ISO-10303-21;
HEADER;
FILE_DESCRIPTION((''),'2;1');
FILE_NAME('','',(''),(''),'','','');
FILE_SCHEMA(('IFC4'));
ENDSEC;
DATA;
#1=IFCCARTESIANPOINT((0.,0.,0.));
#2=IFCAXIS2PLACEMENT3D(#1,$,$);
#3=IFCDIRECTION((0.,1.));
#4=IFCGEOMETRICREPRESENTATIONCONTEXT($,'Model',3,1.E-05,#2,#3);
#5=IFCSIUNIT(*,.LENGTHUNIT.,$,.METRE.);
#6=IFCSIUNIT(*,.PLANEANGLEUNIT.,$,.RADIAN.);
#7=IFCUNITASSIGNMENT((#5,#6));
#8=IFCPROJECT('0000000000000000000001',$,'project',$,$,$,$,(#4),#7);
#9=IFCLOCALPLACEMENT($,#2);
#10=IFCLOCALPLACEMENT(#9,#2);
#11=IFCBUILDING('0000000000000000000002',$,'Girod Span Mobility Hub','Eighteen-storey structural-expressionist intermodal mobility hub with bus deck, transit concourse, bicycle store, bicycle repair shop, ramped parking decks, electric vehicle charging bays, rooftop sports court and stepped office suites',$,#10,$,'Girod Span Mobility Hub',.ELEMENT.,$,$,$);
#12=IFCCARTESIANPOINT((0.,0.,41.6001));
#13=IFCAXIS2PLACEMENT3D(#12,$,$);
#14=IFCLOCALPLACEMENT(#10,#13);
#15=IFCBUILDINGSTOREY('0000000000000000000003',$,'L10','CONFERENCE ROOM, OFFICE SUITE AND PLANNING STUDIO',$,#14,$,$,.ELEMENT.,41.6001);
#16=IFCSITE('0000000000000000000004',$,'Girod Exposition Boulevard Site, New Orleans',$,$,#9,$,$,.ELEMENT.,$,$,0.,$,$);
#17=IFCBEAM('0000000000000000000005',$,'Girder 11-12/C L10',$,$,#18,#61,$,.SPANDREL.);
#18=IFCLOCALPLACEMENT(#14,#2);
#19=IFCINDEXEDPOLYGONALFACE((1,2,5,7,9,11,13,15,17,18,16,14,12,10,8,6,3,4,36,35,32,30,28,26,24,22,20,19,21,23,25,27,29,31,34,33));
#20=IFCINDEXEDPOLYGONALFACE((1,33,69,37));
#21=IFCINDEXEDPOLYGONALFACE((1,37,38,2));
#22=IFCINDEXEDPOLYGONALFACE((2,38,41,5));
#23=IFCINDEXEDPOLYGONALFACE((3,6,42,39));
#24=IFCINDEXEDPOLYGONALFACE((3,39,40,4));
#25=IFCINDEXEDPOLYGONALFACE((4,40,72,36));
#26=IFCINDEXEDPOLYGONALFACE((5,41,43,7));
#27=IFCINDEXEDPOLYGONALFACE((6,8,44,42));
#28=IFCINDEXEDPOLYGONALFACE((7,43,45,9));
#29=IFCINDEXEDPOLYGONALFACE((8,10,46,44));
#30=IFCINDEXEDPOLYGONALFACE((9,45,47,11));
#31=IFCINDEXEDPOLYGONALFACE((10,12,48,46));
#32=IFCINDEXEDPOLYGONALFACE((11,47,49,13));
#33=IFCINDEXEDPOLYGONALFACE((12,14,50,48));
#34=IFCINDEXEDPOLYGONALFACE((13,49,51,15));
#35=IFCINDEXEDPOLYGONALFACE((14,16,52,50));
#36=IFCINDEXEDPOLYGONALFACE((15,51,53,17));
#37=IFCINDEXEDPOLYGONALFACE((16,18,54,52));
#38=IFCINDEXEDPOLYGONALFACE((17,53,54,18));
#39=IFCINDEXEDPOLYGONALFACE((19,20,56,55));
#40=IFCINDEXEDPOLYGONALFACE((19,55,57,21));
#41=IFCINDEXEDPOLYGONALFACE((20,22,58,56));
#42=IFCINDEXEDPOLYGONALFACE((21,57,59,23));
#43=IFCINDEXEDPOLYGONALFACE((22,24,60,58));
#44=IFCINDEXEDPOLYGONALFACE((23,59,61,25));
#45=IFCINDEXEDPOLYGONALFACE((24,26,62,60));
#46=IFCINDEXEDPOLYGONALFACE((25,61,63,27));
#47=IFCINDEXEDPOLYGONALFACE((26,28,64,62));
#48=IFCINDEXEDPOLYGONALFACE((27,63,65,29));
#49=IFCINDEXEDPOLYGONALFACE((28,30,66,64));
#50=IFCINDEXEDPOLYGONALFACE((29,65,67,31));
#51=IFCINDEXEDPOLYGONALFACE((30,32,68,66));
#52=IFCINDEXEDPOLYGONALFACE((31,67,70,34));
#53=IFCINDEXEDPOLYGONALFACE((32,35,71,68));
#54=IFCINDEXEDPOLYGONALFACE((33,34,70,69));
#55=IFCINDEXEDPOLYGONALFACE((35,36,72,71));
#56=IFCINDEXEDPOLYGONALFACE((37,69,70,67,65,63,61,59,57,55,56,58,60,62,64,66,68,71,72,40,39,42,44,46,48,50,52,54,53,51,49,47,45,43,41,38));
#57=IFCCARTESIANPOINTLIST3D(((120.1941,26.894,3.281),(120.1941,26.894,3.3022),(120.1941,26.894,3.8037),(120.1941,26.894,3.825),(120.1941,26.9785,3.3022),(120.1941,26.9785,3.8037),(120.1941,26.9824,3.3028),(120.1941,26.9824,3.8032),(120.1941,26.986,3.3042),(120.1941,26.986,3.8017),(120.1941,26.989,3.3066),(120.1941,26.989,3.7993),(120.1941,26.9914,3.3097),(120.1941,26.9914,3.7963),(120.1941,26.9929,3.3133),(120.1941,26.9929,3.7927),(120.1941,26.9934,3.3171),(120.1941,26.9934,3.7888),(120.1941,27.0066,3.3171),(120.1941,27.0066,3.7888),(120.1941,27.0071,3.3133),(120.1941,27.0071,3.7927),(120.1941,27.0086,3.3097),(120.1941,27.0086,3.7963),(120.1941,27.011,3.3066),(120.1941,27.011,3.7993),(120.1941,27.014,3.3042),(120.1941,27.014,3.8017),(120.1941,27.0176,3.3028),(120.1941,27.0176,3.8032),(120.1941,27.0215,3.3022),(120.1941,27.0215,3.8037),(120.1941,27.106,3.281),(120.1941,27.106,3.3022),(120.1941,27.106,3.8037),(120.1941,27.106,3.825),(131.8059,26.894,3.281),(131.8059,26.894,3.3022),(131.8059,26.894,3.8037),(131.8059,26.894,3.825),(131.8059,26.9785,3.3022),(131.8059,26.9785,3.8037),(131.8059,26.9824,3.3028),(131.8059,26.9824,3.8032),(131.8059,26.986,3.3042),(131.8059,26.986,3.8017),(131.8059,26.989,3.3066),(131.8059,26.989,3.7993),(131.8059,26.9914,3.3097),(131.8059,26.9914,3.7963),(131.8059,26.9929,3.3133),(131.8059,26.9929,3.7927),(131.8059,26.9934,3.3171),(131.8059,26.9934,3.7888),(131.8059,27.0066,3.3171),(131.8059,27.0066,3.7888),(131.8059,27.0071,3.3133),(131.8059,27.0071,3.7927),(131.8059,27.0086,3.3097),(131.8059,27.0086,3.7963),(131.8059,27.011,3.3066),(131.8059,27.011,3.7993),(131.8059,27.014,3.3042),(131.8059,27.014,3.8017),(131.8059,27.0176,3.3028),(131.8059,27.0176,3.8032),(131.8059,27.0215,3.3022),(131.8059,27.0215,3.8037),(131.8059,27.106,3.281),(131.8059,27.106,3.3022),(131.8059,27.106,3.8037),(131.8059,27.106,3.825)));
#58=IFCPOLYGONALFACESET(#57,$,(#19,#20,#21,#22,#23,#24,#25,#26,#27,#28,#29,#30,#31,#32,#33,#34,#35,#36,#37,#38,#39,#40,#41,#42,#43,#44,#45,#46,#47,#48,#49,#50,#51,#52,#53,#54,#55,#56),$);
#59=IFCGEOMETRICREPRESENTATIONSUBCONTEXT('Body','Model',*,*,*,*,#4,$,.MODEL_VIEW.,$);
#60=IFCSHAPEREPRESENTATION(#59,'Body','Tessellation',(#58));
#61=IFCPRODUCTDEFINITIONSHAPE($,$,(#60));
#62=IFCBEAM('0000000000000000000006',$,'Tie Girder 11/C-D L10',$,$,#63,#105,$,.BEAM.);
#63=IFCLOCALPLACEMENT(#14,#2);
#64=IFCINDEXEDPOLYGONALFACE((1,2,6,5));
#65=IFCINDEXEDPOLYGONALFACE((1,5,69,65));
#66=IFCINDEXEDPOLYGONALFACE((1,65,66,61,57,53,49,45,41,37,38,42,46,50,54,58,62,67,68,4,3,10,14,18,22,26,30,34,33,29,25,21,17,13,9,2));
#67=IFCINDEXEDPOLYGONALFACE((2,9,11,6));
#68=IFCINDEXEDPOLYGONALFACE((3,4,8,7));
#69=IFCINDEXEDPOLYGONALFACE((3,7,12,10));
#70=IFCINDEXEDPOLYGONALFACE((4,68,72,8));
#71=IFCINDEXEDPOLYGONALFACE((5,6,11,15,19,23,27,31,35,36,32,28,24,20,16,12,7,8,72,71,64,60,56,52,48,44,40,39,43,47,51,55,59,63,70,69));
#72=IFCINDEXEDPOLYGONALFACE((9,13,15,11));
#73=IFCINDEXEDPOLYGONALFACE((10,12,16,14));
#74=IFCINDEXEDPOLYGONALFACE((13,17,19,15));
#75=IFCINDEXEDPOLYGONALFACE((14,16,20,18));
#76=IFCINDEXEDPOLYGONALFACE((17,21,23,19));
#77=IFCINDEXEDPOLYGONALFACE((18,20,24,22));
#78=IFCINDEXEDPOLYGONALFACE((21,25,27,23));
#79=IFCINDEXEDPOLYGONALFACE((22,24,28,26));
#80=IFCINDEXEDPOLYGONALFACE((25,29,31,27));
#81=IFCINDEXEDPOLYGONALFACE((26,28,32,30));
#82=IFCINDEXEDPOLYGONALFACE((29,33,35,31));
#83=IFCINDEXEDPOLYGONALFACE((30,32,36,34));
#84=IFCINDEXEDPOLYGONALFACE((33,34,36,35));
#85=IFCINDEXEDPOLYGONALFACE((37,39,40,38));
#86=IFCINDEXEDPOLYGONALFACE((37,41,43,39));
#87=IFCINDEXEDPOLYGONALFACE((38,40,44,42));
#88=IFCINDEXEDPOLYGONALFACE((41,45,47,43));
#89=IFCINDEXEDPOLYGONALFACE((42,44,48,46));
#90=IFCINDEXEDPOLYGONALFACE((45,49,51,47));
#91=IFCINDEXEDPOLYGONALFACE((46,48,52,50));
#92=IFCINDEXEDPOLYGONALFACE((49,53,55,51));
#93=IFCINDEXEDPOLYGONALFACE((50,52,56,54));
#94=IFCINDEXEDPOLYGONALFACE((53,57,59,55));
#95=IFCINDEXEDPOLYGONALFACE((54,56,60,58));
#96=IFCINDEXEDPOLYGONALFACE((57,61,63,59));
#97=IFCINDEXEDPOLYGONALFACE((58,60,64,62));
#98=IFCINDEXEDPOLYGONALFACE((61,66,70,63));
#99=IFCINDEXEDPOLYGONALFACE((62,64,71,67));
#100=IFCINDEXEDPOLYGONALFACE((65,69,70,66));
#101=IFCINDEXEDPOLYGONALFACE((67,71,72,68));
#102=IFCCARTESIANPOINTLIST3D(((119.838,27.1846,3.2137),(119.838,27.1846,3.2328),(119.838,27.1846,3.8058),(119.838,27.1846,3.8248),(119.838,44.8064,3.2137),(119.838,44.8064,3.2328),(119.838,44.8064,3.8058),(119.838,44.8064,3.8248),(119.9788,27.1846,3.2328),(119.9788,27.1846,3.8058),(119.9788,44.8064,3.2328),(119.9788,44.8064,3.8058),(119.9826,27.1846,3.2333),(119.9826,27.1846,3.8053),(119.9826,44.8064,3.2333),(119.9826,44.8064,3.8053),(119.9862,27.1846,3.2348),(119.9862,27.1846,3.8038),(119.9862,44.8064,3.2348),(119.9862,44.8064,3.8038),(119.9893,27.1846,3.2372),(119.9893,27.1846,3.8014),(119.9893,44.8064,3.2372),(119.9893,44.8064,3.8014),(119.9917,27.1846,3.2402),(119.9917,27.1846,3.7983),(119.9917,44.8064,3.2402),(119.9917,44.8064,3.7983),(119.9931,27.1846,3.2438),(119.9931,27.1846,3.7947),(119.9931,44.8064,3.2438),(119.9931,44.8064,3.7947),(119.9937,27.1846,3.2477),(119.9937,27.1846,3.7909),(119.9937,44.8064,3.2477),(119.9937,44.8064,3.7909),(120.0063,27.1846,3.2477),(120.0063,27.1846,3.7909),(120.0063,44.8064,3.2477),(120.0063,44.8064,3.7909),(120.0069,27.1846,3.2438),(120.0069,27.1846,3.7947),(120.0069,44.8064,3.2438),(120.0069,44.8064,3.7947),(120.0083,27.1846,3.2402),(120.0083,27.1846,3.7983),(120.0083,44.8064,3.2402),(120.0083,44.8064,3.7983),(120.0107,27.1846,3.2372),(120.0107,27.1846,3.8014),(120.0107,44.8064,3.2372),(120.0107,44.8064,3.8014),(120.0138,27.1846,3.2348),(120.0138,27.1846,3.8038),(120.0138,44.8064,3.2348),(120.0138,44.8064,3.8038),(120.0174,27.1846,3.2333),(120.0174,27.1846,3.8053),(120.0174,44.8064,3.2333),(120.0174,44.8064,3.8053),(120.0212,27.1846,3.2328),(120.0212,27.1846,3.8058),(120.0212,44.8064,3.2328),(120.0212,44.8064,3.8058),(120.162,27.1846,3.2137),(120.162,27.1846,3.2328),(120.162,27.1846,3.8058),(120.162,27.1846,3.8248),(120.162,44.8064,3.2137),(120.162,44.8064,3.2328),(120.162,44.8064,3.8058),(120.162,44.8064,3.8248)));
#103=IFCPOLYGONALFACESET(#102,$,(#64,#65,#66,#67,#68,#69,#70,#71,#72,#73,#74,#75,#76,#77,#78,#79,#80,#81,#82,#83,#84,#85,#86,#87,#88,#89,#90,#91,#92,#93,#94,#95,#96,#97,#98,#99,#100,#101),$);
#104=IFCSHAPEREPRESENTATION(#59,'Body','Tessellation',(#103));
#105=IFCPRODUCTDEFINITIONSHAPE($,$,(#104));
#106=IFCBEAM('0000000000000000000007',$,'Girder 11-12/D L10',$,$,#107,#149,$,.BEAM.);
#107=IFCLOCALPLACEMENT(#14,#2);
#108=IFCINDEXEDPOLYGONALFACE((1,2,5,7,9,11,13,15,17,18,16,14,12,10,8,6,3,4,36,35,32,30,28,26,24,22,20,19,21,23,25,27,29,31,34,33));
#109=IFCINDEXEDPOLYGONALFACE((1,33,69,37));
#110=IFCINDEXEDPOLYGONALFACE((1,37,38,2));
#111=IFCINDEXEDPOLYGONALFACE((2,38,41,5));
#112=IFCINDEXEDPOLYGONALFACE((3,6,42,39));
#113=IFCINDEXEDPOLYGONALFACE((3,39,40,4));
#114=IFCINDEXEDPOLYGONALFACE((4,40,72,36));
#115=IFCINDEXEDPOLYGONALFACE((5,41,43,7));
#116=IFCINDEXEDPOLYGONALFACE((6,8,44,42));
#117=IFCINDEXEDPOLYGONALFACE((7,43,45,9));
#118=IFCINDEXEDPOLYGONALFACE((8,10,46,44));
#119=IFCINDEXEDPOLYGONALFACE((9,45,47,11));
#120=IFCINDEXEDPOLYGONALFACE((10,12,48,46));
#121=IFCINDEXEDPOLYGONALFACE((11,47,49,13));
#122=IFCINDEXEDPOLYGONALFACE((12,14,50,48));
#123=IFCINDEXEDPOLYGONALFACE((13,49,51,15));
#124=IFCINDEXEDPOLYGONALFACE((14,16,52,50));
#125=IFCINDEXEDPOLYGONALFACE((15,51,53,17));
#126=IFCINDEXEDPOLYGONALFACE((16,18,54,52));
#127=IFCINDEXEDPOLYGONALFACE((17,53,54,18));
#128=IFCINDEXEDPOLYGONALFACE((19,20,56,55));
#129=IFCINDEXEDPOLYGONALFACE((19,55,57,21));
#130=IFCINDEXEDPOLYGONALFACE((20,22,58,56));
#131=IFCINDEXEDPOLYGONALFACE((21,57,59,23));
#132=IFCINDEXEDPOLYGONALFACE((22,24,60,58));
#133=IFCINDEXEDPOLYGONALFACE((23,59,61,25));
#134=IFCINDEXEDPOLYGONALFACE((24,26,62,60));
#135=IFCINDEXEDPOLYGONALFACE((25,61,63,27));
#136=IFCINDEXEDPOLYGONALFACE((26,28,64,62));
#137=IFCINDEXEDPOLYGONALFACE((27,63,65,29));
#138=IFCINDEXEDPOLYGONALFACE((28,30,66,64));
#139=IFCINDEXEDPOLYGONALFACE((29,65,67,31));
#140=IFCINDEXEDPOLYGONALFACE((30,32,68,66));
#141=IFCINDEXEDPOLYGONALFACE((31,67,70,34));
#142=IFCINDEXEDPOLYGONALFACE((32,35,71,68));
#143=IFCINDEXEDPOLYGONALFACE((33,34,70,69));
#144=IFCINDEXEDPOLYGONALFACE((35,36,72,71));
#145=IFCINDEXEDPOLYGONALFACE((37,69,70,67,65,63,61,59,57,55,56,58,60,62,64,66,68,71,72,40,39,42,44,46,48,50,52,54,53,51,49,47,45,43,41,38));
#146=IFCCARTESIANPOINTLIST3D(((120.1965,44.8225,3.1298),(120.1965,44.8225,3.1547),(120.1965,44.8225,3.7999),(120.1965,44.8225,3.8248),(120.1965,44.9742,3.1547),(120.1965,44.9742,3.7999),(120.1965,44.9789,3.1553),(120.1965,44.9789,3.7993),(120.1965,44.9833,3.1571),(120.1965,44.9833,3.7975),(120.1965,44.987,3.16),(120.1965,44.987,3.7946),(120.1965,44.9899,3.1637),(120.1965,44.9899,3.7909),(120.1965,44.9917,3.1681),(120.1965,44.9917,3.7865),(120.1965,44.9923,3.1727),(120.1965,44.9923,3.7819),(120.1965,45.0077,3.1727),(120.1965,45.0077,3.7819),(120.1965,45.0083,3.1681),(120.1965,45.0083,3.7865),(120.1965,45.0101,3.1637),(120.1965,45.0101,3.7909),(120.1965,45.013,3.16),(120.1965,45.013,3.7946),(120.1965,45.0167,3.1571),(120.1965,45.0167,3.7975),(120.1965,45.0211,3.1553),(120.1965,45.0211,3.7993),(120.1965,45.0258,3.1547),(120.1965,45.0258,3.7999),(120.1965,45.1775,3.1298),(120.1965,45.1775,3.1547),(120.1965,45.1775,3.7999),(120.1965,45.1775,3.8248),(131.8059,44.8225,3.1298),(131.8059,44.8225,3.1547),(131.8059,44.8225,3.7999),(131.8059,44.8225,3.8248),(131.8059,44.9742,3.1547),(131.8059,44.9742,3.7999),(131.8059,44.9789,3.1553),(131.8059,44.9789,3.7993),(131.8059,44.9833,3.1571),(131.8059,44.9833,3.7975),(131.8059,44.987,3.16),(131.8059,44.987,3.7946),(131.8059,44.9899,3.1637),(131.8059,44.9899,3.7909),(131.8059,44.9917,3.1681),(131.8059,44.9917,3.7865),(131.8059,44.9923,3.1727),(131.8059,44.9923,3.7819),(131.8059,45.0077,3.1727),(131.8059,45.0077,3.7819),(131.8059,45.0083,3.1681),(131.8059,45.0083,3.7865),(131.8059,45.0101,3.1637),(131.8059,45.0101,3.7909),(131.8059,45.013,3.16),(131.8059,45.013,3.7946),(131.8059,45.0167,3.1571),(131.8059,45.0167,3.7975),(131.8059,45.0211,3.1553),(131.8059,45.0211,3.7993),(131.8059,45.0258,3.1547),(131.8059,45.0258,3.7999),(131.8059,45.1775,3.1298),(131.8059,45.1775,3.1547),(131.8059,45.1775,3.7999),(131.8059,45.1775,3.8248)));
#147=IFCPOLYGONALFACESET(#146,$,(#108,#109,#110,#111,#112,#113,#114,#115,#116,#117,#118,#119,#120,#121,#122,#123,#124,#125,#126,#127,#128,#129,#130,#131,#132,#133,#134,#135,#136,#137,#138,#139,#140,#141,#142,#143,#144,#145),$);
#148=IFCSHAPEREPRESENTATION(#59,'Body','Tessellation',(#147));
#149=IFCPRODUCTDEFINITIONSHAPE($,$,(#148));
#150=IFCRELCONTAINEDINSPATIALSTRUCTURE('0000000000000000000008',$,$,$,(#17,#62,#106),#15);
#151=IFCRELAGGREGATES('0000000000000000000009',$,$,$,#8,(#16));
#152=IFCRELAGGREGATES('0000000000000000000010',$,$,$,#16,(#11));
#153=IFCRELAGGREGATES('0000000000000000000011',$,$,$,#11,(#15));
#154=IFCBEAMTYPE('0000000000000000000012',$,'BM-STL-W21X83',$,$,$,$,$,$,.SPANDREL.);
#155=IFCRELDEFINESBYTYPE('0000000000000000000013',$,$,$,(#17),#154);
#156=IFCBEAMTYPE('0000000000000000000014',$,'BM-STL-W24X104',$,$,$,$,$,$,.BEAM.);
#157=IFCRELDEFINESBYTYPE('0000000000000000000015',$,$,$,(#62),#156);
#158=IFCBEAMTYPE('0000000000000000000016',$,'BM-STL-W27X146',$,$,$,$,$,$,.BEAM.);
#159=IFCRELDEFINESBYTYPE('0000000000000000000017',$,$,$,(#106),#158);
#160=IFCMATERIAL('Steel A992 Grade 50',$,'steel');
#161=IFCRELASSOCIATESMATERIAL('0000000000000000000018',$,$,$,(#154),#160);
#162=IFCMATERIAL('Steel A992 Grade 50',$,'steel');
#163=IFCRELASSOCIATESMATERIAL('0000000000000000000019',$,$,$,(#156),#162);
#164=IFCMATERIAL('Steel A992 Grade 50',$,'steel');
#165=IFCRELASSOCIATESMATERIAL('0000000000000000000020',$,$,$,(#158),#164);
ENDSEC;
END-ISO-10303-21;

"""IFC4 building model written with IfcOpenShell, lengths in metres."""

from ifc_helpers import new_model, si_unit, direction, frame, origin, origin_2d, place, context, subcontext, project, spatial, i_section, extrude, material, material_profile, profile_set, type_object, element, save


model = new_model("IFC4")

# Units and contexts
model_context = context("Model", 3, precision=1e-05, world=origin(), true_north=direction((0.0, 1.0)))
body_context = subcontext(model_context, "Body", "Model", "MODEL_VIEW")
ifc_project = project(units=[si_unit("LENGTHUNIT", "METRE"), si_unit("PLANEANGLEUNIT", "RADIAN")], contexts=[model_context])

# Site, building, storey
site_placement = place(None, origin())
site = spatial("IfcSite", under=ifc_project, at=site_placement, Name="Girod Exposition Boulevard Site, New Orleans", CompositionType="ELEMENT", RefElevation=0.0)
building_placement = place(site_placement, origin())
building = spatial("IfcBuilding", under=site, at=building_placement, Name="Girod Span Mobility Hub", Description="Eighteen-storey structural-expressionist intermodal mobility hub with bus deck, transit concourse, bicycle store, bicycle repair shop, ramped parking decks, electric vehicle charging bays, rooftop sports court and stepped office suites", LongName="Girod Span Mobility Hub", CompositionType="ELEMENT")
storey_placement = place(building_placement, frame((0.0, 0.0, 41.6001)))
storey = spatial("IfcBuildingStorey", under=building, at=storey_placement, Name="L10", Description="CONFERENCE ROOM, OFFICE SUITE AND PLANNING STUDIO", CompositionType="ELEMENT", Elevation=41.6001)

# Beams
ifc_material_1 = material(Name="Steel A992 Grade 50", Category="steel")
ifc_material_profile_1 = material_profile(ifc_material_1, i_section(OverallWidth=0.2119, OverallDepth=0.5439, WebThickness=0.0132, FlangeThickness=0.0212, FilletRadius=0.0149, at=origin_2d()), Name="W21X83")
ifc_profile_set_1 = profile_set([ifc_material_profile_1], Name="Steel A992 Grade 50")
beam_type_1 = type_object("IfcBeamType", Name="BM-STL-W21X83", PredefinedType="SPANDREL", material=ifc_profile_set_1)
beam_1_placement = place(storey_placement, frame((120.1941, 27.0, 3.553), z_axis=(1.0, 0.0, 0.0), x_axis=(0.0, 1.0, 0.0)))
element("IfcBeam", 1, at=beam_1_placement, inside=storey, type_object=beam_type_1, Name="Girder 11-12/C L10", PredefinedType="SPANDREL", context=body_context, shape_type="SweptSolid", body=[
    extrude(i_section(OverallWidth=0.2119, OverallDepth=0.5439, WebThickness=0.0132, FlangeThickness=0.0212, FilletRadius=0.0149, at=origin_2d()), origin(), (0.0, 0.0, 1.0), 11.6118),
])
ifc_material_2 = material(Name="Steel A992 Grade 50", Category="steel")
ifc_material_profile_2 = material_profile(ifc_material_2, i_section(OverallWidth=0.324, OverallDepth=0.6111, WebThickness=0.0127, FlangeThickness=0.019, FilletRadius=0.0149, at=origin_2d()), Name="W24X104")
ifc_profile_set_2 = profile_set([ifc_material_profile_2], Name="Steel A992 Grade 50")
beam_type_2 = type_object("IfcBeamType", Name="BM-STL-W24X104", PredefinedType="BEAM", material=ifc_profile_set_2)
beam_2_placement = place(storey_placement, frame((120.0, 27.1846, 3.5193), z_axis=(0.0, 1.0, 0.0), x_axis=(-1.0, 0.0, 0.0)))
element("IfcBeam", 2, at=beam_2_placement, inside=storey, type_object=beam_type_2, Name="Tie Girder 11/C-D L10", PredefinedType="BEAM", context=body_context, shape_type="SweptSolid", body=[
    extrude(i_section(OverallWidth=0.324, OverallDepth=0.6111, WebThickness=0.0127, FlangeThickness=0.019, FilletRadius=0.0149, at=origin_2d()), origin(), (0.0, 0.0, 1.0), 17.6218),
])
ifc_material_3 = material(Name="Steel A992 Grade 50", Category="steel")
ifc_material_profile_3 = material_profile(ifc_material_3, i_section(OverallWidth=0.355, OverallDepth=0.6951, WebThickness=0.0154, FlangeThickness=0.0249, FilletRadius=0.0181, at=origin_2d()), Name="W27X146")
ifc_profile_set_3 = profile_set([ifc_material_profile_3], Name="Steel A992 Grade 50")
beam_type_3 = type_object("IfcBeamType", Name="BM-STL-W27X146", PredefinedType="BEAM", material=ifc_profile_set_3)
beam_3_placement = place(storey_placement, frame((120.1965, 45.0, 3.4773), z_axis=(1.0, 0.0, 0.0), x_axis=(0.0, 1.0, 0.0)))
element("IfcBeam", 3, at=beam_3_placement, inside=storey, type_object=beam_type_3, Name="Girder 11-12/D L10", PredefinedType="BEAM", context=body_context, shape_type="SweptSolid", body=[
    extrude(i_section(OverallWidth=0.355, OverallDepth=0.6951, WebThickness=0.0154, FlangeThickness=0.0249, FilletRadius=0.0181, at=origin_2d()), origin(), (0.0, 0.0, 1.0), 11.6094),
])

save(model, "model.ifc")
